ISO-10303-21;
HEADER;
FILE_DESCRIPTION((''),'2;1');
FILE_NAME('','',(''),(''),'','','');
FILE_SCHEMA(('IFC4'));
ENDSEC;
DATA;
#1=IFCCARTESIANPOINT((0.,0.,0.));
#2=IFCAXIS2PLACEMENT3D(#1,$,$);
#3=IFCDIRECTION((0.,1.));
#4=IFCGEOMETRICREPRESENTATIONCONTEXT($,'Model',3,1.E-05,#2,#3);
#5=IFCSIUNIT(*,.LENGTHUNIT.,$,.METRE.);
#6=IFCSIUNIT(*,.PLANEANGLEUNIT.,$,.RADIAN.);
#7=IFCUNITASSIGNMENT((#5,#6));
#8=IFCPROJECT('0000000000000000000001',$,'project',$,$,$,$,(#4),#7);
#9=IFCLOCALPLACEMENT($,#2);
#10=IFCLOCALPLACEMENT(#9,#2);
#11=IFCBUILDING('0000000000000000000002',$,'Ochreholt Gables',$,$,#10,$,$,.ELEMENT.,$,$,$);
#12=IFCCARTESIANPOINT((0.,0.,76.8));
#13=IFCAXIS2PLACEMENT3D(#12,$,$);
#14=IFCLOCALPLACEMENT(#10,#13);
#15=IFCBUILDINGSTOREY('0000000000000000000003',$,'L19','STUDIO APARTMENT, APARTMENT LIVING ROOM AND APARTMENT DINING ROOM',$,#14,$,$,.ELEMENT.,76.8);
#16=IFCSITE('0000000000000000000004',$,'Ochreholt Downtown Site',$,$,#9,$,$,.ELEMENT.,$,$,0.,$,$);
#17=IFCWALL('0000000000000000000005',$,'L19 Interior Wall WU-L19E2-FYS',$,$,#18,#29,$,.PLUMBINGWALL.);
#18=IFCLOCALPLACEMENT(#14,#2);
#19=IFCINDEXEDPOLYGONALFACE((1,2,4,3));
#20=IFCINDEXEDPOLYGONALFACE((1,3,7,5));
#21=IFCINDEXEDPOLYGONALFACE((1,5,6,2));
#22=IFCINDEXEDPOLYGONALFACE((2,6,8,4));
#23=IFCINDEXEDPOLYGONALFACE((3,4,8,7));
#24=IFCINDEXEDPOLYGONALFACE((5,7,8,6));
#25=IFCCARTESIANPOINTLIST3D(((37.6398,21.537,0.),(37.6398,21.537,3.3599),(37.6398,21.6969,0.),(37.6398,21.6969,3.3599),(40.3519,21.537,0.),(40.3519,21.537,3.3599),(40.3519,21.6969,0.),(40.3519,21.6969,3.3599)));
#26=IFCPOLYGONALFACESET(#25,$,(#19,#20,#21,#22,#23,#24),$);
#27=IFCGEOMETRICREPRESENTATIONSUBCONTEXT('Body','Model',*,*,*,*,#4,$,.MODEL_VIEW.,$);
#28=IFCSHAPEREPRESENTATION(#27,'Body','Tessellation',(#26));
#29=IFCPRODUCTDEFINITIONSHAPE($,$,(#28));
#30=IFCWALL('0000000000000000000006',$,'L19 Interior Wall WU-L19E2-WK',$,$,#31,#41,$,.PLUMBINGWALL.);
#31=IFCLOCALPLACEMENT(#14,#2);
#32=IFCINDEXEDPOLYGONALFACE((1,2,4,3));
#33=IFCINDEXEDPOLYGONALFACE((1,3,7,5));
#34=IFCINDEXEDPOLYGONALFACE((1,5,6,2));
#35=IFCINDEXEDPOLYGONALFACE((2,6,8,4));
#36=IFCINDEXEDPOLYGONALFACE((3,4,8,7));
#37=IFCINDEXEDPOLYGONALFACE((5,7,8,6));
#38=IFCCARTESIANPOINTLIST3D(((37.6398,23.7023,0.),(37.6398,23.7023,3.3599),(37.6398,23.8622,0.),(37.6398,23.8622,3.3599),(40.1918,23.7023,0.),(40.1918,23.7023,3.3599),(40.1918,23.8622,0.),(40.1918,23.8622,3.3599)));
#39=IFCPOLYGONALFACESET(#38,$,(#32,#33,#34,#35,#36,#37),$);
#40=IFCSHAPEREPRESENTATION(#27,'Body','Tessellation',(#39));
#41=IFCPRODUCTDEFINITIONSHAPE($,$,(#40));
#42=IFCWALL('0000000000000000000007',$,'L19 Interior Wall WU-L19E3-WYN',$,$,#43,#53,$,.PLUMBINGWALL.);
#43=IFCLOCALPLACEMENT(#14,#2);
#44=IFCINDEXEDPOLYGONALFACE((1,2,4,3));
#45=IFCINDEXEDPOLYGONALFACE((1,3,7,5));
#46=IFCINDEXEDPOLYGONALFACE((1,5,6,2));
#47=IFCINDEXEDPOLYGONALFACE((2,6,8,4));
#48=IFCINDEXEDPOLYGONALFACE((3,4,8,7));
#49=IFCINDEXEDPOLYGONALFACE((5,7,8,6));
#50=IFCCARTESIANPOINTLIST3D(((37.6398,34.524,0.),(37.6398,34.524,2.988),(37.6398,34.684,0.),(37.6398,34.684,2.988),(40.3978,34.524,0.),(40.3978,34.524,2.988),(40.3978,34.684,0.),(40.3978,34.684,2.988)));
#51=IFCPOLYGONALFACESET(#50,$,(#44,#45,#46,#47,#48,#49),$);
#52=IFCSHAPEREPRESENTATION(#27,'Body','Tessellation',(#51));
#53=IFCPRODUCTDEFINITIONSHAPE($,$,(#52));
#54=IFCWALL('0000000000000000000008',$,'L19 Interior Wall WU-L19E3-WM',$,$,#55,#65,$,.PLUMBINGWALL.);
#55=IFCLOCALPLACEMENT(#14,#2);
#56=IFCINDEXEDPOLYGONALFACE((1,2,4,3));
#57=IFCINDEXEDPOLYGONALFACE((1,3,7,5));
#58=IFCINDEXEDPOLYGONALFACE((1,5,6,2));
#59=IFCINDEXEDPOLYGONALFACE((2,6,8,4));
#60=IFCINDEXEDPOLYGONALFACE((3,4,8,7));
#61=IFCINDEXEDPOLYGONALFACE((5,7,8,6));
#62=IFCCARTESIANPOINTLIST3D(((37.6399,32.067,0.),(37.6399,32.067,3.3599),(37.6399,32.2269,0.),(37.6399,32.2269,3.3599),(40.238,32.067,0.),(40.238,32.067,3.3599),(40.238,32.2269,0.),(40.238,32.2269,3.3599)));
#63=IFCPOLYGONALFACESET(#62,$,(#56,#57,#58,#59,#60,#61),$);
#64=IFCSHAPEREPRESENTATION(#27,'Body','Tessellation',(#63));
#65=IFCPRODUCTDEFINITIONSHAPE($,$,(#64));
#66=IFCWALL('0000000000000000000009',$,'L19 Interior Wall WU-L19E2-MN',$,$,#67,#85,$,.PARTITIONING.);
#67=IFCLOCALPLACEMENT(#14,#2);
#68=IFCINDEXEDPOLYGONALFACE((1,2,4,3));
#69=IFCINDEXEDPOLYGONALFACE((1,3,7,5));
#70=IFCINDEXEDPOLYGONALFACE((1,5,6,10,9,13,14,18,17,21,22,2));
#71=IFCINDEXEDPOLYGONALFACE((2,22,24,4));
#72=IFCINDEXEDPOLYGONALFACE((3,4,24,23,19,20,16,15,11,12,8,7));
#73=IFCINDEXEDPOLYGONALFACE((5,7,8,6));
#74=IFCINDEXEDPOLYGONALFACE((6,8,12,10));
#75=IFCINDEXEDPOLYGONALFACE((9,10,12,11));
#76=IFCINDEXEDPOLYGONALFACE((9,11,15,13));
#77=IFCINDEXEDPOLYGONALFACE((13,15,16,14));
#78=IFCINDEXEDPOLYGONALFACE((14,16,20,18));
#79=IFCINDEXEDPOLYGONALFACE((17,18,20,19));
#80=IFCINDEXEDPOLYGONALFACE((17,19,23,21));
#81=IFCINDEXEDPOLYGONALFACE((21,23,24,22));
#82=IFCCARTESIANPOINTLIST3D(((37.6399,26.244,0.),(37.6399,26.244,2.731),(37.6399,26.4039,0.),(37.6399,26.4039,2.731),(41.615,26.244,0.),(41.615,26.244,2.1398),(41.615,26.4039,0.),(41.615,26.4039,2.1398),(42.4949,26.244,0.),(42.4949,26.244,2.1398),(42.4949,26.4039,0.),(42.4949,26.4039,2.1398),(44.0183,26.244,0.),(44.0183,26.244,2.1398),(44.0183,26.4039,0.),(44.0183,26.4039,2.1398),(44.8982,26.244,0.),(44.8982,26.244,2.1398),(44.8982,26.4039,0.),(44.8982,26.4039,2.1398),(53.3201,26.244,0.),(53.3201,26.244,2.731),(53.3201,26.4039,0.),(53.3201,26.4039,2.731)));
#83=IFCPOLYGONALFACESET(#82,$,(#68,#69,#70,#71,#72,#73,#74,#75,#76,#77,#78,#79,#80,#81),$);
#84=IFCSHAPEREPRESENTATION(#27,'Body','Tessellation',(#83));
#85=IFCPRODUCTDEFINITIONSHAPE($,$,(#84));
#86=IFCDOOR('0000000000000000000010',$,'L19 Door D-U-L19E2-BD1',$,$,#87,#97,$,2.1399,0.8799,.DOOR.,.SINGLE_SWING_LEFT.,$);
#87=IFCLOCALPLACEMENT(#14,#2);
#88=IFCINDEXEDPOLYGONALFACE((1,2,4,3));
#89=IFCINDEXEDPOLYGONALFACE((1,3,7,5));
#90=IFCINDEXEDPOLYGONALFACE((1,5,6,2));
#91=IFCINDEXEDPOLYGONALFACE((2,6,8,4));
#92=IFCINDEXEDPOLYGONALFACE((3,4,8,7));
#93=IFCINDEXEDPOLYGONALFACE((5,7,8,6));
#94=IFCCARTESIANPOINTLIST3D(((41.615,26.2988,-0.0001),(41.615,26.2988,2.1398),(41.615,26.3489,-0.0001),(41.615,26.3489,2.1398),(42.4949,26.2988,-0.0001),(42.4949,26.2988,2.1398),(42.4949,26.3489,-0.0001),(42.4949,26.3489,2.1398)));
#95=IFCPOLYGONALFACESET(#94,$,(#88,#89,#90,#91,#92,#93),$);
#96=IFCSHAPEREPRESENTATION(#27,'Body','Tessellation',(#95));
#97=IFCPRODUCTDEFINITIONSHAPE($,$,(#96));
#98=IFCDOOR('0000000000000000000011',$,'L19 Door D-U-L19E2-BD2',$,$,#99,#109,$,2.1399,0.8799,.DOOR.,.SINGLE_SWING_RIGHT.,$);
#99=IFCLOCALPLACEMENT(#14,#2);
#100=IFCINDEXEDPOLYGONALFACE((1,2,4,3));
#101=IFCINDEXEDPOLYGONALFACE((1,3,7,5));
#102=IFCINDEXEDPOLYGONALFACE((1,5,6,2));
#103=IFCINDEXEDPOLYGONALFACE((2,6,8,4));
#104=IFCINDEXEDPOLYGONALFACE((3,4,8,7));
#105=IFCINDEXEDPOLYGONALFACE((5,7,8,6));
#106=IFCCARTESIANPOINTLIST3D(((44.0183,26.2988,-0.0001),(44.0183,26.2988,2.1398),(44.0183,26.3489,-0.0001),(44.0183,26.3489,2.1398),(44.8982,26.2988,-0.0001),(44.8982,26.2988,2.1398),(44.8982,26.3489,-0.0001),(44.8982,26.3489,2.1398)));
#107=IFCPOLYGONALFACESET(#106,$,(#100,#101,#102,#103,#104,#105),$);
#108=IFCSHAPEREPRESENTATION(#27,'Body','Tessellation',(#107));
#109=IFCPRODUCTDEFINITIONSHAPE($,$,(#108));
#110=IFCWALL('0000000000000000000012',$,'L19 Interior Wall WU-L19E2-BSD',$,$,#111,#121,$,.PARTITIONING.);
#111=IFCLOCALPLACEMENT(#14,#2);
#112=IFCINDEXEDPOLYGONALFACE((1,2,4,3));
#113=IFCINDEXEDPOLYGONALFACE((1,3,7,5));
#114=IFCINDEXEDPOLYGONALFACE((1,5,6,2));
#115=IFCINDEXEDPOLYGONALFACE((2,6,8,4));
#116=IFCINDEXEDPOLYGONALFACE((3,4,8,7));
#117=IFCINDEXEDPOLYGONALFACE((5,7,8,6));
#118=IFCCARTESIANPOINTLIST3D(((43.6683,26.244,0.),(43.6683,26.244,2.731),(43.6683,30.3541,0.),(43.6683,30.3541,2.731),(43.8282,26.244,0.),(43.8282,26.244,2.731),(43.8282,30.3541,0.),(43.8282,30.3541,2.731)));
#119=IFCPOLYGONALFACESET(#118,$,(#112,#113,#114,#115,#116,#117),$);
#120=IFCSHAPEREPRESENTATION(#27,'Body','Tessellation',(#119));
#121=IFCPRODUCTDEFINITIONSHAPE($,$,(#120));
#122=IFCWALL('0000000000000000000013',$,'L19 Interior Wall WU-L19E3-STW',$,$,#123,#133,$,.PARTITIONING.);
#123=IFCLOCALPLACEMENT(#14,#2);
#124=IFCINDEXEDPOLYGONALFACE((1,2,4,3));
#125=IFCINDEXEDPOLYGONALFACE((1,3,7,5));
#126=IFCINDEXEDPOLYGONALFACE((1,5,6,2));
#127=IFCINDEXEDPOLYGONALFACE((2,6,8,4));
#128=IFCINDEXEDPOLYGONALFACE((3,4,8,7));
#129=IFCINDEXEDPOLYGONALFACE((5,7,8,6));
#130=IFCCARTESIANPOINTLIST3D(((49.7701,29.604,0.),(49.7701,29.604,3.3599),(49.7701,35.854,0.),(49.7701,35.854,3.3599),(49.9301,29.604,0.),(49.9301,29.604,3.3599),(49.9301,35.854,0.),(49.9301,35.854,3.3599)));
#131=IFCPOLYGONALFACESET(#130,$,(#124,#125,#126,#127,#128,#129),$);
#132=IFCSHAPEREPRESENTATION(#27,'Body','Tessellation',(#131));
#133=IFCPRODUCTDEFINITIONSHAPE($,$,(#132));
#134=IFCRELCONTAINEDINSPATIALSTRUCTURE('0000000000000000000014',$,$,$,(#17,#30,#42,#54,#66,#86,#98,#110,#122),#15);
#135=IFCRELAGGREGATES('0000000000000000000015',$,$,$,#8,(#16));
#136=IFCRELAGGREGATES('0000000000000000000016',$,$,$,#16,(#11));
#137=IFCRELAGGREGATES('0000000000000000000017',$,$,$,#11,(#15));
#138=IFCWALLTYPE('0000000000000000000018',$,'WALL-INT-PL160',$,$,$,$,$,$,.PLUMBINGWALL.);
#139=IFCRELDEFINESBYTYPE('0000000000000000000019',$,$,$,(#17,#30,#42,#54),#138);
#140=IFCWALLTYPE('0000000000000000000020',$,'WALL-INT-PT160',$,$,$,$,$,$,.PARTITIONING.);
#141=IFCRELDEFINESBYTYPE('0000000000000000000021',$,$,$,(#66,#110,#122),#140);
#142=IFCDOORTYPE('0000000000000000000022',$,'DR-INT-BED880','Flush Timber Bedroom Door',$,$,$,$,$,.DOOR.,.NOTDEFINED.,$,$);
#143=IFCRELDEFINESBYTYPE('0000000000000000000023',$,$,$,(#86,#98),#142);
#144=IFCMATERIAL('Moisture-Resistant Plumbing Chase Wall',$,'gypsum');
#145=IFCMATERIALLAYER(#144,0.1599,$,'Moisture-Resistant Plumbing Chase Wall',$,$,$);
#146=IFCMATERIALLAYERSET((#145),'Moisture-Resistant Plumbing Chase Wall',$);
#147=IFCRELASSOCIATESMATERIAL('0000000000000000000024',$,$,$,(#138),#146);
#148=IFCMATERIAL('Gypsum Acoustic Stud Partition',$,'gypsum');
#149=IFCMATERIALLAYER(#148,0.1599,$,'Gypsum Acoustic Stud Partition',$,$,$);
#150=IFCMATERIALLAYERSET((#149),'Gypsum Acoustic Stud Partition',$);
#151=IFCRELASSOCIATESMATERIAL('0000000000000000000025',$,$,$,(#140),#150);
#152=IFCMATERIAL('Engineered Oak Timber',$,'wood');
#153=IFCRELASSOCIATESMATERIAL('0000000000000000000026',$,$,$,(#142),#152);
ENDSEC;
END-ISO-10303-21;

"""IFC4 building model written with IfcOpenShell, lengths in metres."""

from ifc_helpers import new_model, si_unit, direction, frame, frame_2d, origin, place, context, subcontext, project, spatial, rectangle, extrude, material, layer, layer_set, type_object, element, fill, save


model = new_model("IFC4")

# Units and contexts
model_context = context("Model", 3, precision=1e-05, world=origin(), true_north=direction((0.0, 1.0)))
body_context = subcontext(model_context, "Body", "Model", "MODEL_VIEW")
ifc_project = project(units=[si_unit("LENGTHUNIT", "METRE"), si_unit("PLANEANGLEUNIT", "RADIAN")], contexts=[model_context])

# Site, building, storey
site_placement = place(None, origin())
site = spatial("IfcSite", under=ifc_project, at=site_placement, Name="Ochreholt Downtown Site", CompositionType="ELEMENT", RefElevation=0.0)
building_placement = place(site_placement, origin())
building = spatial("IfcBuilding", under=site, at=building_placement, Name="Ochreholt Gables", CompositionType="ELEMENT")
storey_placement = place(building_placement, frame((0.0, 0.0, 76.8)))
storey = spatial("IfcBuildingStorey", under=building, at=storey_placement, Name="L19", Description="STUDIO APARTMENT, APARTMENT LIVING ROOM AND APARTMENT DINING ROOM", CompositionType="ELEMENT", Elevation=76.8)

# Wall
ifc_material_1 = material(Name="Moisture-Resistant Plumbing Chase Wall", Category="gypsum")
ifc_layer_1 = layer(ifc_material_1, 0.1599, Name="Moisture-Resistant Plumbing Chase Wall")
ifc_layer_set_1 = layer_set([ifc_layer_1], Name="Moisture-Resistant Plumbing Chase Wall")
wall_type_1 = type_object("IfcWallType", Name="WALL-INT-PL160", PredefinedType="PLUMBINGWALL", material=ifc_layer_set_1)
wall_1_placement = place(storey_placement, frame((37.6399, 21.6169, 0.0), z_axis=(0.0, 0.0, 1.0), x_axis=(1.0, 0.0, 0.0)))
element("IfcWall", 1, at=wall_1_placement, inside=storey, type_object=wall_type_1, Name="L19 Interior Wall WU-L19E2-FYS", PredefinedType="PLUMBINGWALL", context=body_context, shape_type="SweptSolid", body=[
    extrude(rectangle(XDim=2.7122, YDim=0.1599, at=frame_2d((1.356, 0.0))), origin(), (0.0, 0.0, 1.0), 3.3599),
])

# Shared definitions
ifc_material_2 = material(Name="Engineered Oak Timber", Category="wood")

# Walls
wall_2_placement = place(storey_placement, frame((37.6399, 23.7822, 0.0), z_axis=(0.0, 0.0, 1.0), x_axis=(1.0, 0.0, 0.0)))
element("IfcWall", 2, at=wall_2_placement, inside=storey, type_object=wall_type_1, Name="L19 Interior Wall WU-L19E2-WK", PredefinedType="PLUMBINGWALL", context=body_context, shape_type="SweptSolid", body=[
    extrude(rectangle(XDim=2.552, YDim=0.1599, at=frame_2d((1.2759, 0.0))), origin(), (0.0, 0.0, 1.0), 3.3599),
])
wall_3_placement = place(storey_placement, frame((37.6399, 34.604, 0.0), z_axis=(0.0, 0.0, 1.0), x_axis=(1.0, 0.0, 0.0)))
element("IfcWall", 3, at=wall_3_placement, inside=storey, type_object=wall_type_1, Name="L19 Interior Wall WU-L19E3-WYN", PredefinedType="PLUMBINGWALL", context=body_context, shape_type="SweptSolid", body=[
    extrude(rectangle(XDim=2.7581, YDim=0.1599, at=frame_2d((1.3789, 0.0))), origin(), (0.0, 0.0, 1.0), 2.988),
])

# Wall
wall_4_placement = place(storey_placement, frame((37.6399, 32.147, 0.0), z_axis=(0.0, 0.0, 1.0), x_axis=(1.0, 0.0, 0.0)))
element("IfcWall", 4, at=wall_4_placement, inside=storey, type_object=wall_type_1, Name="L19 Interior Wall WU-L19E3-WM", PredefinedType="PLUMBINGWALL", context=body_context, shape_type="SweptSolid", body=[
    extrude(rectangle(XDim=2.5981, YDim=0.1599, at=frame_2d((1.2991, 0.0))), origin(), (0.0, 0.0, 1.0), 3.3599),
])

# Wall, openings, doors
ifc_material_3 = material(Name="Gypsum Acoustic Stud Partition", Category="gypsum")
ifc_layer_2 = layer(ifc_material_3, 0.1599, Name="Gypsum Acoustic Stud Partition")
ifc_layer_set_2 = layer_set([ifc_layer_2], Name="Gypsum Acoustic Stud Partition")
wall_type_2 = type_object("IfcWallType", Name="WALL-INT-PT160", PredefinedType="PARTITIONING", material=ifc_layer_set_2)
wall_5_placement = place(storey_placement, frame((37.6399, 26.324, 0.0), z_axis=(0.0, 0.0, 1.0), x_axis=(1.0, 0.0, 0.0)))
wall_5 = element("IfcWall", 5, at=wall_5_placement, inside=storey, type_object=wall_type_2, Name="L19 Interior Wall WU-L19E2-MN", PredefinedType="PARTITIONING", context=body_context, shape_type="SweptSolid", body=[
    extrude(rectangle(XDim=15.6802, YDim=0.1599, at=frame_2d((7.8401, 0.0))), origin(), (0.0, 0.0, 1.0), 2.731),
])
opening_1_placement = place(wall_5_placement, frame((3.9751, 0.0, 0.0)))
opening_1 = element("IfcOpeningElement", 6, at=opening_1_placement, cuts=wall_5, PredefinedType="OPENING", context=body_context, shape_type="SweptSolid", body=[
    extrude(rectangle(XDim=0.8799, YDim=2.1399, at=frame_2d((0.4399, 1.0698))), frame((0.0, 0.0898, 0.0), z_axis=(0.0, -1.0, 0.0), x_axis=(1.0, 0.0, 0.0)), (0.0, 0.0, 1.0), 0.1799),
])
opening_2_placement = place(wall_5_placement, frame((6.3784, 0.0, 0.0)))
opening_2 = element("IfcOpeningElement", 7, at=opening_2_placement, cuts=wall_5, PredefinedType="OPENING", context=body_context, shape_type="SweptSolid", body=[
    extrude(rectangle(XDim=0.8799, YDim=2.1399, at=frame_2d((0.4399, 1.0698))), frame((0.0, 0.0898, 0.0), z_axis=(0.0, -1.0, 0.0), x_axis=(1.0, 0.0, 0.0)), (0.0, 0.0, 1.0), 0.1799),
])
door_type_1 = type_object("IfcDoorType", Name="DR-INT-BED880", Description="Flush Timber Bedroom Door", OperationType="NOTDEFINED", PredefinedType="DOOR", material=ifc_material_2)
door_1_placement = place(opening_1_placement, origin())
door_1 = element("IfcDoor", 8, at=door_1_placement, inside=storey, type_object=door_type_1, Name="L19 Door D-U-L19E2-BD1", OperationType="SINGLE_SWING_LEFT", OverallHeight=2.1399, OverallWidth=0.8799, PredefinedType="DOOR", context=body_context, shape_type="SweptSolid", body=[
    extrude(rectangle(XDim=0.8799, YDim=2.1399, at=frame_2d((0.4399, 1.0698))), frame((0.0, 0.0249, 0.0), z_axis=(0.0, -1.0, 0.0), x_axis=(1.0, 0.0, 0.0)), (0.0, 0.0, 1.0), 0.05),
])
fill(opening_1, door_1)
door_2_placement = place(opening_2_placement, origin())
door_2 = element("IfcDoor", 9, at=door_2_placement, inside=storey, type_object=door_type_1, Name="L19 Door D-U-L19E2-BD2", OperationType="SINGLE_SWING_RIGHT", OverallHeight=2.1399, OverallWidth=0.8799, PredefinedType="DOOR", context=body_context, shape_type="SweptSolid", body=[
    extrude(rectangle(XDim=0.8799, YDim=2.1399, at=frame_2d((0.4399, 1.0698))), frame((0.0, 0.0249, 0.0), z_axis=(0.0, -1.0, 0.0), x_axis=(1.0, 0.0, 0.0)), (0.0, 0.0, 1.0), 0.05),
])
fill(opening_2, door_2)

# Walls
wall_6_placement = place(storey_placement, frame((43.7483, 26.2439, 0.0), z_axis=(0.0, 0.0, 1.0), x_axis=(0.0, 1.0, 0.0)))
element("IfcWall", 10, at=wall_6_placement, inside=storey, type_object=wall_type_2, Name="L19 Interior Wall WU-L19E2-BSD", PredefinedType="PARTITIONING", context=body_context, shape_type="SweptSolid", body=[
    extrude(rectangle(XDim=4.1101, YDim=0.1599, at=frame_2d((2.0552, 0.0))), origin(), (0.0, 0.0, 1.0), 2.731),
])
wall_7_placement = place(storey_placement, frame((49.8501, 29.604, 0.0), z_axis=(0.0, 0.0, 1.0), x_axis=(0.0, 1.0, 0.0)))
element("IfcWall", 11, at=wall_7_placement, inside=storey, type_object=wall_type_2, Name="L19 Interior Wall WU-L19E3-STW", PredefinedType="PARTITIONING", context=body_context, shape_type="SweptSolid", body=[
    extrude(rectangle(XDim=6.25, YDim=0.1599, at=frame_2d((3.125, 0.0))), origin(), (0.0, 0.0, 1.0), 3.3599),
])

save(model, "model.ifc")
